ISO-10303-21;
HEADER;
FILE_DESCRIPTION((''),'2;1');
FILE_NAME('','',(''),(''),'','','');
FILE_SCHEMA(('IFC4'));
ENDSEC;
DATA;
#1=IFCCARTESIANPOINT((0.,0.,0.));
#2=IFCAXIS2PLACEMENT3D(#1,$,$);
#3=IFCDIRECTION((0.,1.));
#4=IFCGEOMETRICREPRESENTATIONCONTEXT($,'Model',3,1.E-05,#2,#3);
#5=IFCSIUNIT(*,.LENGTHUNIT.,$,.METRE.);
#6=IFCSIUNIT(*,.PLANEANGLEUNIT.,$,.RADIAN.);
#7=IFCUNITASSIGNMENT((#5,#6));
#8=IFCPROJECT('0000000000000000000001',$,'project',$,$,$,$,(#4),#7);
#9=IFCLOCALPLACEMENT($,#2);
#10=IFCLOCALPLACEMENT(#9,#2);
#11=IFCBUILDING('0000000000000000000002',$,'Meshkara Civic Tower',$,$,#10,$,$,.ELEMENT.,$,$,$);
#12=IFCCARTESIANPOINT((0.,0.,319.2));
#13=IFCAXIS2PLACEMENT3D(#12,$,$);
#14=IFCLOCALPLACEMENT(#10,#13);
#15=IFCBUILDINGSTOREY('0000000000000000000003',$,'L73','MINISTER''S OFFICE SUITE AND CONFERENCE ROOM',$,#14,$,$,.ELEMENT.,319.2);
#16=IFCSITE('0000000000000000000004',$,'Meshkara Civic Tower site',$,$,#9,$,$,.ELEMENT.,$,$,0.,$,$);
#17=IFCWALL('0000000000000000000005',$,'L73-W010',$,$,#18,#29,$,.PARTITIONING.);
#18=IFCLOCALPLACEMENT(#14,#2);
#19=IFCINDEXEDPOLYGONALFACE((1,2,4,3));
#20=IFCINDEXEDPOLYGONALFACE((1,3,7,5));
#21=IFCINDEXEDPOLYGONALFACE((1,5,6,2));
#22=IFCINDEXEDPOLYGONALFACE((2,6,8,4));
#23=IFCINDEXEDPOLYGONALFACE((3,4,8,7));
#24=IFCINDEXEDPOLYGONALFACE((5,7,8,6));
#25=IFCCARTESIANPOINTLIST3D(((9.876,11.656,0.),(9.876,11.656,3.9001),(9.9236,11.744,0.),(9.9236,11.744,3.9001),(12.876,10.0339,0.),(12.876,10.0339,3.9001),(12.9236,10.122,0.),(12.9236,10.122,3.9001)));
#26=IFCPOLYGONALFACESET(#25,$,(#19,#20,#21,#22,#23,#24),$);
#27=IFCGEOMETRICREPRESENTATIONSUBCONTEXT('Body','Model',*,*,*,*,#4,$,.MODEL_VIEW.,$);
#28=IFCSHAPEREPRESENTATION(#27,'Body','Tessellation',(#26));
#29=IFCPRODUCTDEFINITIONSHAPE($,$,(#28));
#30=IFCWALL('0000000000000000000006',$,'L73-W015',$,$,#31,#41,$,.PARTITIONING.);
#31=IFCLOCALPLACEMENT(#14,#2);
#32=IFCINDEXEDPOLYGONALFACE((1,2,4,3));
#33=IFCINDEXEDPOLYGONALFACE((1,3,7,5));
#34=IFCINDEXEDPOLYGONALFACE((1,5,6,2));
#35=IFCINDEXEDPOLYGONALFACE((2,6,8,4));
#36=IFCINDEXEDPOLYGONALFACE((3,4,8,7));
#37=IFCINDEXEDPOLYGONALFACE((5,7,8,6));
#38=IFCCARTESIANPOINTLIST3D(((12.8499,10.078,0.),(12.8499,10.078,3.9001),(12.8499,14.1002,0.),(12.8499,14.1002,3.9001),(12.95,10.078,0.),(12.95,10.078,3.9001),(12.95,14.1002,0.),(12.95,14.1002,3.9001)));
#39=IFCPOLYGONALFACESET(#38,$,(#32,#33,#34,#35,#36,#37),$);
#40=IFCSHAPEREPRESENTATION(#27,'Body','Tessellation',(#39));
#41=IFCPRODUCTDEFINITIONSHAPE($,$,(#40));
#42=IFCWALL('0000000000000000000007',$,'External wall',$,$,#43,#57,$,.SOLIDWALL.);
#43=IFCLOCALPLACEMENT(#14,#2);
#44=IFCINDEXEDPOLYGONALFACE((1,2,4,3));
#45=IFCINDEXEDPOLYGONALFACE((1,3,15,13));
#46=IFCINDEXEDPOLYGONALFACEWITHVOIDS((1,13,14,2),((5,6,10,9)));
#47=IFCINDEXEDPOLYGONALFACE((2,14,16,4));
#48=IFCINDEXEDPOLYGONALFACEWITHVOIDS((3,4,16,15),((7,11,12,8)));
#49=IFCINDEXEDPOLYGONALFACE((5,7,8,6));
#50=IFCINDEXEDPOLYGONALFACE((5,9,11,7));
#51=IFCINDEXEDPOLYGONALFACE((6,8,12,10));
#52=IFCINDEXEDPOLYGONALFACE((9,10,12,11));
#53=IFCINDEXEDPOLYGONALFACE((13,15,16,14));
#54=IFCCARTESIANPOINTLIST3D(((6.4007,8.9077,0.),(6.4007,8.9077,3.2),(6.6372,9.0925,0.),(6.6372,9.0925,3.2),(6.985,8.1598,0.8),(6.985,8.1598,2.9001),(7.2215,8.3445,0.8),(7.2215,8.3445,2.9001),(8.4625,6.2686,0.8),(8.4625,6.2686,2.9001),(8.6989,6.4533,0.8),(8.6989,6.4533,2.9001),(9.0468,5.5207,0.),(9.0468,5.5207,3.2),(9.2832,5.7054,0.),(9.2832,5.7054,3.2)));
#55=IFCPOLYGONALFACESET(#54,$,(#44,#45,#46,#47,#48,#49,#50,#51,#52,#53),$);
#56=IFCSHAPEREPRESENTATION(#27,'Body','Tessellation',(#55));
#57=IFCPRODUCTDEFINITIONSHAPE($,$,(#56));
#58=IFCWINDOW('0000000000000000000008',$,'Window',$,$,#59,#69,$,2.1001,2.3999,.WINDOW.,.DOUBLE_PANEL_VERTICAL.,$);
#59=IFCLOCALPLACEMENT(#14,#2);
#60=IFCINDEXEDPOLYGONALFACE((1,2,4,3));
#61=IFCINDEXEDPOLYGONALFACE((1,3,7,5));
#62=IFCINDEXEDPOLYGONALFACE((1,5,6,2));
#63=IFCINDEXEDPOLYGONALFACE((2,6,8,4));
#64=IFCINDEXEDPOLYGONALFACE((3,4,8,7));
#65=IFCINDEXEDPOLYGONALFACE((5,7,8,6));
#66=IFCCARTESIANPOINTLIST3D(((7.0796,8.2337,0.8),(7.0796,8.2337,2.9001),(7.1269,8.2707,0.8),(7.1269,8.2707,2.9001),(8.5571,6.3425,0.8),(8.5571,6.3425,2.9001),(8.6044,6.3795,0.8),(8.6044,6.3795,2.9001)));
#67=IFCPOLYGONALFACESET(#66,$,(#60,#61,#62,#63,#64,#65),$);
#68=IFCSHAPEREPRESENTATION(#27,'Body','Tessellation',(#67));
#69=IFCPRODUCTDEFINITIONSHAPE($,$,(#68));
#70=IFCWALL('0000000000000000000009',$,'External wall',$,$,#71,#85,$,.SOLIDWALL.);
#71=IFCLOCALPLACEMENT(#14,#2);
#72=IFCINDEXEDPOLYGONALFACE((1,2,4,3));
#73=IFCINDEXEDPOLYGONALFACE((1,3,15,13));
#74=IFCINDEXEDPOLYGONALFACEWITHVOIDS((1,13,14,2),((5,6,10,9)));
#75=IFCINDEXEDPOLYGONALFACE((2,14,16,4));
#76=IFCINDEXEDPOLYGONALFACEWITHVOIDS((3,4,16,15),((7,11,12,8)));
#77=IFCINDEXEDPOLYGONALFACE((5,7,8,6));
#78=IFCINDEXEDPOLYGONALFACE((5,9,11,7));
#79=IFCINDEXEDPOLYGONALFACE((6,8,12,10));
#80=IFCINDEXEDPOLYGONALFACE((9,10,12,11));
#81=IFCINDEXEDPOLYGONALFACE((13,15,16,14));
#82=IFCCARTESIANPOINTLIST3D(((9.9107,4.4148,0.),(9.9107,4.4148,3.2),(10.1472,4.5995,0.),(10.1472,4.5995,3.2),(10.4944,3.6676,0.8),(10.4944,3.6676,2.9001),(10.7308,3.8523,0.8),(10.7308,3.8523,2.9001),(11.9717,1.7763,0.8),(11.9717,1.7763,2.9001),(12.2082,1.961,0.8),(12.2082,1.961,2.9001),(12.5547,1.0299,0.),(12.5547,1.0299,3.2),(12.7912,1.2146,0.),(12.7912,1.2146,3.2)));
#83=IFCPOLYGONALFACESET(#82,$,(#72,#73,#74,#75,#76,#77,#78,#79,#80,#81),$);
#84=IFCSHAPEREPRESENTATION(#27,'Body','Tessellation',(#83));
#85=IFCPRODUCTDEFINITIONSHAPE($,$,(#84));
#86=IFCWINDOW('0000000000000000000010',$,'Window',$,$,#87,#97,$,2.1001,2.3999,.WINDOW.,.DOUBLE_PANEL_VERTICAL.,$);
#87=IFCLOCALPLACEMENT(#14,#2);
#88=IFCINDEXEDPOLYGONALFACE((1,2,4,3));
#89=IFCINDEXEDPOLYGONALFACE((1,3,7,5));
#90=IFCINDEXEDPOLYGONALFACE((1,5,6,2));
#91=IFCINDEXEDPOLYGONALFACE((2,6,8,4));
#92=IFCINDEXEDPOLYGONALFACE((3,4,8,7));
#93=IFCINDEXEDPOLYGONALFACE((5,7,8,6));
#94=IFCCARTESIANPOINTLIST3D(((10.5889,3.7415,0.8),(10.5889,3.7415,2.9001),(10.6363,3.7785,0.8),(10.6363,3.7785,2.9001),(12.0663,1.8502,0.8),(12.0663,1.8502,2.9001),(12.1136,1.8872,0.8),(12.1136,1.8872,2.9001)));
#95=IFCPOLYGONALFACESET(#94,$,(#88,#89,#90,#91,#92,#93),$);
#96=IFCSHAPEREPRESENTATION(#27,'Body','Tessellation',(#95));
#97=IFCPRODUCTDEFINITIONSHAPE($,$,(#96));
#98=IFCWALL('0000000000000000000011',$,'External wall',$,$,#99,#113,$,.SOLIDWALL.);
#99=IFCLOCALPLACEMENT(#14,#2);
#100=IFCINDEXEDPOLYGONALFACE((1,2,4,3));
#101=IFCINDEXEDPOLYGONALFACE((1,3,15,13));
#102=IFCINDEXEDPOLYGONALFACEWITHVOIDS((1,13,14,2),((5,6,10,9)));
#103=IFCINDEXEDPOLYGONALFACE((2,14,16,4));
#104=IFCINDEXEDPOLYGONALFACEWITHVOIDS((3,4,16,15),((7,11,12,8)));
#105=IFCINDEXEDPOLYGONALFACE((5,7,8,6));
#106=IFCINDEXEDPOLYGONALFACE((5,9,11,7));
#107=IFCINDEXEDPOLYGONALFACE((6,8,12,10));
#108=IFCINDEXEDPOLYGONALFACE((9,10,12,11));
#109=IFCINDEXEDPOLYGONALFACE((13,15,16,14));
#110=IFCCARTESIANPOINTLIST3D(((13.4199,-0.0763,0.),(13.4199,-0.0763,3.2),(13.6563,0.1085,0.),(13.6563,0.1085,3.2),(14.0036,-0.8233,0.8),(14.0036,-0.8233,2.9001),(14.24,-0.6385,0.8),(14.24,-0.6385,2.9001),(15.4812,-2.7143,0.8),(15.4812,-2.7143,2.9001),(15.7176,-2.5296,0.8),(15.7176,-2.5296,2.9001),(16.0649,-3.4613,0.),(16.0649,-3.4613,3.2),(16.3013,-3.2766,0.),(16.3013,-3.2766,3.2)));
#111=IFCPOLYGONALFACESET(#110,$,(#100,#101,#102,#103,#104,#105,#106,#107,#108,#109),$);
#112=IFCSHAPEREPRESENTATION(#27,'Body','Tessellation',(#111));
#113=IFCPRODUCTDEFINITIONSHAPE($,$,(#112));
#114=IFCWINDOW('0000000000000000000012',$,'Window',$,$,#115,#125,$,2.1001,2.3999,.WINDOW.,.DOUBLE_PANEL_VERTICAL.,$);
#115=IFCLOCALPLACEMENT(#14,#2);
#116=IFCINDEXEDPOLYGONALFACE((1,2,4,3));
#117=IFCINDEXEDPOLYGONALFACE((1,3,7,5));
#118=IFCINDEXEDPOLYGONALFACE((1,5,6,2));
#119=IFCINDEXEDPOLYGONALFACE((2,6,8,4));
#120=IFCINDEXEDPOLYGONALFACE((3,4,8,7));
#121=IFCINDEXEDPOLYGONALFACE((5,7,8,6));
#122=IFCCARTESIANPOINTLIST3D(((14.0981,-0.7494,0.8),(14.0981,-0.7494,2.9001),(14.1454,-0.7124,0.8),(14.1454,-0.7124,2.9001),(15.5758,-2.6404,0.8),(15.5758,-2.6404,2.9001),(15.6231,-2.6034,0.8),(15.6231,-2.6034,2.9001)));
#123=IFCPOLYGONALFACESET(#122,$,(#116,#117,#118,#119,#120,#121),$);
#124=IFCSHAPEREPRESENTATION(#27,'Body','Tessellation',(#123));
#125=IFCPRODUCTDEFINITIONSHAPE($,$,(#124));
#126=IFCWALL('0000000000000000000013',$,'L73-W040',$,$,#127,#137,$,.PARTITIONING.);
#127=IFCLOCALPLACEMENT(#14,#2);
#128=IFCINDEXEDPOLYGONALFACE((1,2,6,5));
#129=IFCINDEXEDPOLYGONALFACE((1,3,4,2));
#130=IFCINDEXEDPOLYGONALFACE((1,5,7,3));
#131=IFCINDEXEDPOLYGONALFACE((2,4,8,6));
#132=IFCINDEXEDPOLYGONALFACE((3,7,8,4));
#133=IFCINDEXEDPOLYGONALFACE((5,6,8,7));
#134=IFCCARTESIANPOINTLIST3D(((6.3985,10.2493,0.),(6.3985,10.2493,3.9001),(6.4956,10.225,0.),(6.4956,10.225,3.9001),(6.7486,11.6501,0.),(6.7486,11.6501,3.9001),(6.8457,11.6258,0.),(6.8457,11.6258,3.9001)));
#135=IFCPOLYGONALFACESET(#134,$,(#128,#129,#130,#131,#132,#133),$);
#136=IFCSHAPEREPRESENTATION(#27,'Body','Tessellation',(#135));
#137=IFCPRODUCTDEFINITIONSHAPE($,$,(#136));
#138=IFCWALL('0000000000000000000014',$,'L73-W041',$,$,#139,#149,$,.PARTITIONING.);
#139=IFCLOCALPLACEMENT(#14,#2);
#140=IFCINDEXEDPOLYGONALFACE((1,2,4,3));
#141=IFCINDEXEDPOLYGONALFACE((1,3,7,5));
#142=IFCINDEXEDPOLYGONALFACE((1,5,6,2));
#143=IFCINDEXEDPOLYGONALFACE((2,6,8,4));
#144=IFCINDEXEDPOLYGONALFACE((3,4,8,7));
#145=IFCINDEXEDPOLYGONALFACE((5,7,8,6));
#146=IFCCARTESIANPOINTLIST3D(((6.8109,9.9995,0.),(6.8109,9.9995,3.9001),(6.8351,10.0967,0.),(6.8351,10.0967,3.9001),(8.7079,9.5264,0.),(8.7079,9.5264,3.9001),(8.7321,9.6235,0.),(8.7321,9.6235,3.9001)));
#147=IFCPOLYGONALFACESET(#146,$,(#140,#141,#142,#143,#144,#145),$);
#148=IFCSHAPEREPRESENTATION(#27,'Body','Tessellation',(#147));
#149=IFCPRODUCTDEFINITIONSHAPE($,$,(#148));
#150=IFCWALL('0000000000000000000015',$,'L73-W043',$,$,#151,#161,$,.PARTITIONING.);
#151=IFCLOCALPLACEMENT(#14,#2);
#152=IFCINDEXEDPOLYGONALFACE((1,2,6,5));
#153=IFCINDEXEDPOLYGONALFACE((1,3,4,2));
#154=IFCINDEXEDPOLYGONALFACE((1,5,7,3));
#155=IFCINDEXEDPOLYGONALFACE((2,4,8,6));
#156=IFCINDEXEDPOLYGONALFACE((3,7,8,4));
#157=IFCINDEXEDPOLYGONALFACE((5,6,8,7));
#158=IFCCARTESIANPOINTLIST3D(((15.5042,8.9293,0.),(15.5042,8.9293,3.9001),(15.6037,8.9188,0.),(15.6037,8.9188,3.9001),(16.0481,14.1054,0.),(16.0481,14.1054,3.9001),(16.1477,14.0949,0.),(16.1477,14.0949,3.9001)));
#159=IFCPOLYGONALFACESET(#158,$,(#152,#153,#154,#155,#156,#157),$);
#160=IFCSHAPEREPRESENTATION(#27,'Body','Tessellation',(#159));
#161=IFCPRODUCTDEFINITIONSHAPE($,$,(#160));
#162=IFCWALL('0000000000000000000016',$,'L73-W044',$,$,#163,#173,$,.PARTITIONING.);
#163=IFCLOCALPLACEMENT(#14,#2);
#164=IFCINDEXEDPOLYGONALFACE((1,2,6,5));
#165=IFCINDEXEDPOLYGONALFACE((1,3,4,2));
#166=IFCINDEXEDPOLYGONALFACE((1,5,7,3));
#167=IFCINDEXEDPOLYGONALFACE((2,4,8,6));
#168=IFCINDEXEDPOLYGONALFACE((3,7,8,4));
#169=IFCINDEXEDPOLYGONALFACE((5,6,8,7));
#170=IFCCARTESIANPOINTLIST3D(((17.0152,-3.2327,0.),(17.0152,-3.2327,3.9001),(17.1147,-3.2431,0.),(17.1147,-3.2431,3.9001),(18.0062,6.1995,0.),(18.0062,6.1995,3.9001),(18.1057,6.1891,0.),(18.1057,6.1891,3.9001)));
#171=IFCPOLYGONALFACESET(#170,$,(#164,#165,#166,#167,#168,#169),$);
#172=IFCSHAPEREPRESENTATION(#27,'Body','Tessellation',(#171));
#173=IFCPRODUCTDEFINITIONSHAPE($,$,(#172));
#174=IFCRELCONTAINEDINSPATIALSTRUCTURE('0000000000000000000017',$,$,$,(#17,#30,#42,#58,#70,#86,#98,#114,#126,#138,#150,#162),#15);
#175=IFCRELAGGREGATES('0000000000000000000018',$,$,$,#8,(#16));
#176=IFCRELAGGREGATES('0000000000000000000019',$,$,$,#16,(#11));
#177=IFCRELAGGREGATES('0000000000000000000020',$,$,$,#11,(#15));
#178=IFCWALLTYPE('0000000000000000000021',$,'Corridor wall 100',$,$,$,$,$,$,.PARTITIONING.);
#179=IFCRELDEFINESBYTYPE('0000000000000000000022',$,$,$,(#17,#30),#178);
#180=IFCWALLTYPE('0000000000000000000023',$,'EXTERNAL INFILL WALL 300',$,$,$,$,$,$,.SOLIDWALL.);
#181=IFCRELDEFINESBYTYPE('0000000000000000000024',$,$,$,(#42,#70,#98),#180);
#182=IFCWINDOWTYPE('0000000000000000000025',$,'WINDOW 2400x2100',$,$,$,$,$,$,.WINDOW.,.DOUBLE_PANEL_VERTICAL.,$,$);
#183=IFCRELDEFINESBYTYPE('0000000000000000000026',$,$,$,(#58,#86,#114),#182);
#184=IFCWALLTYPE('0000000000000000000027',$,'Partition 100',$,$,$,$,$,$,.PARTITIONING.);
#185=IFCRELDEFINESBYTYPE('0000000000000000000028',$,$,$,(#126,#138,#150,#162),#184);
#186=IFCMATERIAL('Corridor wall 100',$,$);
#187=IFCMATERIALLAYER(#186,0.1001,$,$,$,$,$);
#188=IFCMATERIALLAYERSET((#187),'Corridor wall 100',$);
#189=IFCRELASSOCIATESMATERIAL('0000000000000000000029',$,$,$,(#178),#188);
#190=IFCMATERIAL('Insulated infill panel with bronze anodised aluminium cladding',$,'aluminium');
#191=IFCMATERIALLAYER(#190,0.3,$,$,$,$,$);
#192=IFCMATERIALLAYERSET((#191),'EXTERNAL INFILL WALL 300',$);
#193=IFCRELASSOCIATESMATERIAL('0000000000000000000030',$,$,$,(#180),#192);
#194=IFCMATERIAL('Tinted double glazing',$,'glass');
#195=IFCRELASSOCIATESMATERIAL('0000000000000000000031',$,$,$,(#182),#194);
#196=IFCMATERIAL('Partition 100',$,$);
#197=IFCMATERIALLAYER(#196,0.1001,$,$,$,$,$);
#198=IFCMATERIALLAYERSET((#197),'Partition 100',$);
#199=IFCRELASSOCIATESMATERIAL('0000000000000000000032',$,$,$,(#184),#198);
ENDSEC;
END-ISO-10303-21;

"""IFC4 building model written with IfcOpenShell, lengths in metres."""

from ifc_helpers import new_model, si_unit, direction, frame, frame_2d, origin, place, context, subcontext, project, spatial, rectangle, extrude, material, layer, layer_set, type_object, element, fill, save


model = new_model("IFC4")

# Units and contexts
model_context = context("Model", 3, precision=1e-05, world=origin(), true_north=direction((0.0, 1.0)))
body_context = subcontext(model_context, "Body", "Model", "MODEL_VIEW")
ifc_project = project(units=[si_unit("LENGTHUNIT", "METRE"), si_unit("PLANEANGLEUNIT", "RADIAN")], contexts=[model_context])

# Site, building, storey
site_placement = place(None, origin())
site = spatial("IfcSite", under=ifc_project, at=site_placement, Name="Meshkara Civic Tower site", CompositionType="ELEMENT", RefElevation=0.0)
building_placement = place(site_placement, origin())
building = spatial("IfcBuilding", under=site, at=building_placement, Name="Meshkara Civic Tower", CompositionType="ELEMENT")
storey_placement = place(building_placement, frame((0.0, 0.0, 319.2)))
storey = spatial("IfcBuildingStorey", under=building, at=storey_placement, Name="L73", Description="MINISTER'S OFFICE SUITE AND CONFERENCE ROOM", CompositionType="ELEMENT", Elevation=319.2)

# Shared definitions
ifc_material_1 = material(Name="Corridor wall 100")
ifc_layer_1 = layer(ifc_material_1, 0.1001)
ifc_layer_set_1 = layer_set([ifc_layer_1], Name="Corridor wall 100")
wall_type_1 = type_object("IfcWallType", Name="Corridor wall 100", PredefinedType="PARTITIONING", material=ifc_layer_set_1)

# Walls
wall_1_placement = place(storey_placement, frame((9.8999, 11.7, 0.0), z_axis=(0.0, 0.0, 1.0), x_axis=(0.879651, -0.475619, 0.0)))
element("IfcWall", 1, at=wall_1_placement, inside=storey, type_object=wall_type_1, Name="L73-W010", PredefinedType="PARTITIONING", context=body_context, shape_type="SweptSolid", body=[
    extrude(rectangle(XDim=3.4104, YDim=0.1001, at=frame_2d((1.7051, 0.0))), origin(), (0.0, 0.0, 1.0), 3.9001),
])
wall_2_placement = place(storey_placement, frame((12.8999, 10.0779, 0.0), z_axis=(0.0, 0.0, 1.0), x_axis=(0.0, 1.0, 0.0)))
element("IfcWall", 2, at=wall_2_placement, inside=storey, type_object=wall_type_1, Name="L73-W015", PredefinedType="PARTITIONING", context=body_context, shape_type="SweptSolid", body=[
    extrude(rectangle(XDim=4.0222, YDim=0.1001, at=frame_2d((2.0112, 0.0))), origin(), (0.0, 0.0, 1.0), 3.9001),
])

# Walls, openings, windows
ifc_material_2 = material(Name="Insulated infill panel with bronze anodised aluminium cladding", Category="aluminium")
ifc_layer_2 = layer(ifc_material_2, 0.3)
ifc_layer_set_2 = layer_set([ifc_layer_2], Name="EXTERNAL INFILL WALL 300")
wall_type_2 = type_object("IfcWallType", Name="EXTERNAL INFILL WALL 300", PredefinedType="SOLIDWALL", material=ifc_layer_set_2)
wall_3_placement = place(storey_placement, frame((6.519, 9.0, 0.0), z_axis=(0.0, 0.0, 1.0), x_axis=(0.615634, -0.788032, 0.0)))
wall_3 = element("IfcWall", 3, at=wall_3_placement, inside=storey, type_object=wall_type_2, Name="External wall", PredefinedType="SOLIDWALL", context=body_context, shape_type="SweptSolid", body=[
    extrude(rectangle(XDim=4.2981, YDim=0.3, at=frame_2d((2.1489, 0.0))), origin(), (0.0, 0.0, 1.0), 3.2),
])
opening_1_placement = place(wall_3_placement, frame((0.949, 0.0, 0.8)))
opening_1 = element("IfcOpeningElement", 4, at=opening_1_placement, cuts=wall_3, PredefinedType="OPENING", context=body_context, shape_type="SweptSolid", body=[
    extrude(rectangle(XDim=2.3999, YDim=2.1001, at=frame_2d((1.2, 1.05))), frame((0.0, 0.1599, 0.0), z_axis=(0.0, -1.0, 0.0), x_axis=(1.0, 0.0, 0.0)), (0.0, 0.0, 1.0), 0.3201),
])
ifc_material_3 = material(Name="Tinted double glazing", Category="glass")
window_type = type_object("IfcWindowType", Name="WINDOW 2400x2100", PartitioningType="DOUBLE_PANEL_VERTICAL", PredefinedType="WINDOW", material=ifc_material_3)
window_1_placement = place(opening_1_placement, origin())
window_1 = element("IfcWindow", 5, at=window_1_placement, inside=storey, type_object=window_type, Name="Window", OverallHeight=2.1001, OverallWidth=2.3999, PartitioningType="DOUBLE_PANEL_VERTICAL", PredefinedType="WINDOW", context=body_context, shape_type="SweptSolid", body=[
    extrude(rectangle(XDim=2.3999, YDim=2.1001, at=frame_2d((1.2, 1.05))), frame((0.0, 0.03, 0.0), z_axis=(0.0, -1.0, 0.0), x_axis=(1.0, 0.0, 0.0)), (0.0, 0.0, 1.0), 0.0601),
])
fill(opening_1, window_1)
wall_4_placement = place(storey_placement, frame((10.0291, 4.5071, 0.0), z_axis=(0.0, 0.0, 1.0), x_axis=(0.615572, -0.78808, 0.0)))
wall_4 = element("IfcWall", 6, at=wall_4_placement, inside=storey, type_object=wall_type_2, Name="External wall", PredefinedType="SOLIDWALL", context=body_context, shape_type="SweptSolid", body=[
    extrude(rectangle(XDim=4.2952, YDim=0.3, at=frame_2d((2.1475, 0.0))), origin(), (0.0, 0.0, 1.0), 3.2),
])
opening_2_placement = place(wall_4_placement, frame((0.948, 0.0, 0.8)))
opening_2 = element("IfcOpeningElement", 7, at=opening_2_placement, cuts=wall_4, PredefinedType="OPENING", context=body_context, shape_type="SweptSolid", body=[
    extrude(rectangle(XDim=2.3999, YDim=2.1001, at=frame_2d((1.2, 1.05))), frame((0.0, 0.1599, 0.0), z_axis=(0.0, -1.0, 0.0), x_axis=(1.0, 0.0, 0.0)), (0.0, 0.0, 1.0), 0.3201),
])
window_2_placement = place(opening_2_placement, origin())
window_2 = element("IfcWindow", 8, at=window_2_placement, inside=storey, type_object=window_type, Name="Window", OverallHeight=2.1001, OverallWidth=2.3999, PartitioningType="DOUBLE_PANEL_VERTICAL", PredefinedType="WINDOW", context=body_context, shape_type="SweptSolid", body=[
    extrude(rectangle(XDim=2.3999, YDim=2.1001, at=frame_2d((1.2, 1.05))), frame((0.0, 0.03, 0.0), z_axis=(0.0, -1.0, 0.0), x_axis=(1.0, 0.0, 0.0)), (0.0, 0.0, 1.0), 0.0601),
])
fill(opening_2, window_2)
wall_5_placement = place(storey_placement, frame((13.5381, 0.0161, 0.0), z_axis=(0.0, 0.0, 1.0), x_axis=(0.615714, -0.78797, 0.0)))
wall_5 = element("IfcWall", 9, at=wall_5_placement, inside=storey, type_object=wall_type_2, Name="External wall", PredefinedType="SOLIDWALL", context=body_context, shape_type="SweptSolid", body=[
    extrude(rectangle(XDim=4.2959, YDim=0.3, at=frame_2d((2.1479, 0.0))), origin(), (0.0, 0.0, 1.0), 3.2),
])
opening_3_placement = place(wall_5_placement, frame((0.948, 0.0, 0.8)))
opening_3 = element("IfcOpeningElement", 10, at=opening_3_placement, cuts=wall_5, PredefinedType="OPENING", context=body_context, shape_type="SweptSolid", body=[
    extrude(rectangle(XDim=2.3999, YDim=2.1001, at=frame_2d((1.2, 1.05))), frame((0.0, 0.1599, 0.0), z_axis=(0.0, -1.0, 0.0), x_axis=(1.0, 0.0, 0.0)), (0.0, 0.0, 1.0), 0.3201),
])
window_3_placement = place(opening_3_placement, origin())
window_3 = element("IfcWindow", 11, at=window_3_placement, inside=storey, type_object=window_type, Name="Window", OverallHeight=2.1001, OverallWidth=2.3999, PartitioningType="DOUBLE_PANEL_VERTICAL", PredefinedType="WINDOW", context=body_context, shape_type="SweptSolid", body=[
    extrude(rectangle(XDim=2.3999, YDim=2.1001, at=frame_2d((1.2, 1.05))), frame((0.0, 0.03, 0.0), z_axis=(0.0, -1.0, 0.0), x_axis=(1.0, 0.0, 0.0)), (0.0, 0.0, 1.0), 0.0601),
])
fill(opening_3, window_3)

# Walls
ifc_material_4 = material(Name="Partition 100")
ifc_layer_3 = layer(ifc_material_4, 0.1001)
ifc_layer_set_3 = layer_set([ifc_layer_3], Name="Partition 100")
wall_type_3 = type_object("IfcWallType", Name="Partition 100", PredefinedType="PARTITIONING", material=ifc_layer_set_3)
wall_6_placement = place(storey_placement, frame((6.7971, 11.6379, 0.0), z_axis=(0.0, 0.0, 1.0), x_axis=(-0.242456, -0.970162, 0.0)))
element("IfcWall", 12, at=wall_6_placement, inside=storey, type_object=wall_type_3, Name="L73-W040", PredefinedType="PARTITIONING", context=body_context, shape_type="SweptSolid", body=[
    extrude(rectangle(XDim=1.4438, YDim=0.1001, at=frame_2d((0.7219, 0.0))), origin(), (0.0, 0.0, 1.0), 3.9001),
])
wall_7_placement = place(storey_placement, frame((8.72, 9.575, 0.0), z_axis=(0.0, 0.0, 1.0), x_axis=(-0.970275, 0.242007, 0.0)))
element("IfcWall", 13, at=wall_7_placement, inside=storey, type_object=wall_type_3, Name="L73-W041", PredefinedType="PARTITIONING", context=body_context, shape_type="SweptSolid", body=[
    extrude(rectangle(XDim=1.9551, YDim=0.1001, at=frame_2d((0.9775, 0.0))), origin(), (0.0, 0.0, 1.0), 3.9001),
])
wall_8_placement = place(storey_placement, frame((15.554, 8.9241, 0.0), z_axis=(0.0, 0.0, 1.0), x_axis=(0.104514, 0.994523, 0.0)))
element("IfcWall", 14, at=wall_8_placement, inside=storey, type_object=wall_type_3, Name="L73-W043", PredefinedType="PARTITIONING", context=body_context, shape_type="SweptSolid", body=[
    extrude(rectangle(XDim=5.2046, YDim=0.1001, at=frame_2d((2.6023, 0.0))), origin(), (0.0, 0.0, 1.0), 3.9001),
])
wall_9_placement = place(storey_placement, frame((17.0649, -3.238, 0.0), z_axis=(0.0, 0.0, 1.0), x_axis=(0.104488, 0.994526, 0.0)))
element("IfcWall", 15, at=wall_9_placement, inside=storey, type_object=wall_type_3, Name="L73-W044", PredefinedType="PARTITIONING", context=body_context, shape_type="SweptSolid", body=[
    extrude(rectangle(XDim=9.4841, YDim=0.1001, at=frame_2d((4.7422, 0.0))), origin(), (0.0, 0.0, 1.0), 3.9001),
])

save(model, "model.ifc")
